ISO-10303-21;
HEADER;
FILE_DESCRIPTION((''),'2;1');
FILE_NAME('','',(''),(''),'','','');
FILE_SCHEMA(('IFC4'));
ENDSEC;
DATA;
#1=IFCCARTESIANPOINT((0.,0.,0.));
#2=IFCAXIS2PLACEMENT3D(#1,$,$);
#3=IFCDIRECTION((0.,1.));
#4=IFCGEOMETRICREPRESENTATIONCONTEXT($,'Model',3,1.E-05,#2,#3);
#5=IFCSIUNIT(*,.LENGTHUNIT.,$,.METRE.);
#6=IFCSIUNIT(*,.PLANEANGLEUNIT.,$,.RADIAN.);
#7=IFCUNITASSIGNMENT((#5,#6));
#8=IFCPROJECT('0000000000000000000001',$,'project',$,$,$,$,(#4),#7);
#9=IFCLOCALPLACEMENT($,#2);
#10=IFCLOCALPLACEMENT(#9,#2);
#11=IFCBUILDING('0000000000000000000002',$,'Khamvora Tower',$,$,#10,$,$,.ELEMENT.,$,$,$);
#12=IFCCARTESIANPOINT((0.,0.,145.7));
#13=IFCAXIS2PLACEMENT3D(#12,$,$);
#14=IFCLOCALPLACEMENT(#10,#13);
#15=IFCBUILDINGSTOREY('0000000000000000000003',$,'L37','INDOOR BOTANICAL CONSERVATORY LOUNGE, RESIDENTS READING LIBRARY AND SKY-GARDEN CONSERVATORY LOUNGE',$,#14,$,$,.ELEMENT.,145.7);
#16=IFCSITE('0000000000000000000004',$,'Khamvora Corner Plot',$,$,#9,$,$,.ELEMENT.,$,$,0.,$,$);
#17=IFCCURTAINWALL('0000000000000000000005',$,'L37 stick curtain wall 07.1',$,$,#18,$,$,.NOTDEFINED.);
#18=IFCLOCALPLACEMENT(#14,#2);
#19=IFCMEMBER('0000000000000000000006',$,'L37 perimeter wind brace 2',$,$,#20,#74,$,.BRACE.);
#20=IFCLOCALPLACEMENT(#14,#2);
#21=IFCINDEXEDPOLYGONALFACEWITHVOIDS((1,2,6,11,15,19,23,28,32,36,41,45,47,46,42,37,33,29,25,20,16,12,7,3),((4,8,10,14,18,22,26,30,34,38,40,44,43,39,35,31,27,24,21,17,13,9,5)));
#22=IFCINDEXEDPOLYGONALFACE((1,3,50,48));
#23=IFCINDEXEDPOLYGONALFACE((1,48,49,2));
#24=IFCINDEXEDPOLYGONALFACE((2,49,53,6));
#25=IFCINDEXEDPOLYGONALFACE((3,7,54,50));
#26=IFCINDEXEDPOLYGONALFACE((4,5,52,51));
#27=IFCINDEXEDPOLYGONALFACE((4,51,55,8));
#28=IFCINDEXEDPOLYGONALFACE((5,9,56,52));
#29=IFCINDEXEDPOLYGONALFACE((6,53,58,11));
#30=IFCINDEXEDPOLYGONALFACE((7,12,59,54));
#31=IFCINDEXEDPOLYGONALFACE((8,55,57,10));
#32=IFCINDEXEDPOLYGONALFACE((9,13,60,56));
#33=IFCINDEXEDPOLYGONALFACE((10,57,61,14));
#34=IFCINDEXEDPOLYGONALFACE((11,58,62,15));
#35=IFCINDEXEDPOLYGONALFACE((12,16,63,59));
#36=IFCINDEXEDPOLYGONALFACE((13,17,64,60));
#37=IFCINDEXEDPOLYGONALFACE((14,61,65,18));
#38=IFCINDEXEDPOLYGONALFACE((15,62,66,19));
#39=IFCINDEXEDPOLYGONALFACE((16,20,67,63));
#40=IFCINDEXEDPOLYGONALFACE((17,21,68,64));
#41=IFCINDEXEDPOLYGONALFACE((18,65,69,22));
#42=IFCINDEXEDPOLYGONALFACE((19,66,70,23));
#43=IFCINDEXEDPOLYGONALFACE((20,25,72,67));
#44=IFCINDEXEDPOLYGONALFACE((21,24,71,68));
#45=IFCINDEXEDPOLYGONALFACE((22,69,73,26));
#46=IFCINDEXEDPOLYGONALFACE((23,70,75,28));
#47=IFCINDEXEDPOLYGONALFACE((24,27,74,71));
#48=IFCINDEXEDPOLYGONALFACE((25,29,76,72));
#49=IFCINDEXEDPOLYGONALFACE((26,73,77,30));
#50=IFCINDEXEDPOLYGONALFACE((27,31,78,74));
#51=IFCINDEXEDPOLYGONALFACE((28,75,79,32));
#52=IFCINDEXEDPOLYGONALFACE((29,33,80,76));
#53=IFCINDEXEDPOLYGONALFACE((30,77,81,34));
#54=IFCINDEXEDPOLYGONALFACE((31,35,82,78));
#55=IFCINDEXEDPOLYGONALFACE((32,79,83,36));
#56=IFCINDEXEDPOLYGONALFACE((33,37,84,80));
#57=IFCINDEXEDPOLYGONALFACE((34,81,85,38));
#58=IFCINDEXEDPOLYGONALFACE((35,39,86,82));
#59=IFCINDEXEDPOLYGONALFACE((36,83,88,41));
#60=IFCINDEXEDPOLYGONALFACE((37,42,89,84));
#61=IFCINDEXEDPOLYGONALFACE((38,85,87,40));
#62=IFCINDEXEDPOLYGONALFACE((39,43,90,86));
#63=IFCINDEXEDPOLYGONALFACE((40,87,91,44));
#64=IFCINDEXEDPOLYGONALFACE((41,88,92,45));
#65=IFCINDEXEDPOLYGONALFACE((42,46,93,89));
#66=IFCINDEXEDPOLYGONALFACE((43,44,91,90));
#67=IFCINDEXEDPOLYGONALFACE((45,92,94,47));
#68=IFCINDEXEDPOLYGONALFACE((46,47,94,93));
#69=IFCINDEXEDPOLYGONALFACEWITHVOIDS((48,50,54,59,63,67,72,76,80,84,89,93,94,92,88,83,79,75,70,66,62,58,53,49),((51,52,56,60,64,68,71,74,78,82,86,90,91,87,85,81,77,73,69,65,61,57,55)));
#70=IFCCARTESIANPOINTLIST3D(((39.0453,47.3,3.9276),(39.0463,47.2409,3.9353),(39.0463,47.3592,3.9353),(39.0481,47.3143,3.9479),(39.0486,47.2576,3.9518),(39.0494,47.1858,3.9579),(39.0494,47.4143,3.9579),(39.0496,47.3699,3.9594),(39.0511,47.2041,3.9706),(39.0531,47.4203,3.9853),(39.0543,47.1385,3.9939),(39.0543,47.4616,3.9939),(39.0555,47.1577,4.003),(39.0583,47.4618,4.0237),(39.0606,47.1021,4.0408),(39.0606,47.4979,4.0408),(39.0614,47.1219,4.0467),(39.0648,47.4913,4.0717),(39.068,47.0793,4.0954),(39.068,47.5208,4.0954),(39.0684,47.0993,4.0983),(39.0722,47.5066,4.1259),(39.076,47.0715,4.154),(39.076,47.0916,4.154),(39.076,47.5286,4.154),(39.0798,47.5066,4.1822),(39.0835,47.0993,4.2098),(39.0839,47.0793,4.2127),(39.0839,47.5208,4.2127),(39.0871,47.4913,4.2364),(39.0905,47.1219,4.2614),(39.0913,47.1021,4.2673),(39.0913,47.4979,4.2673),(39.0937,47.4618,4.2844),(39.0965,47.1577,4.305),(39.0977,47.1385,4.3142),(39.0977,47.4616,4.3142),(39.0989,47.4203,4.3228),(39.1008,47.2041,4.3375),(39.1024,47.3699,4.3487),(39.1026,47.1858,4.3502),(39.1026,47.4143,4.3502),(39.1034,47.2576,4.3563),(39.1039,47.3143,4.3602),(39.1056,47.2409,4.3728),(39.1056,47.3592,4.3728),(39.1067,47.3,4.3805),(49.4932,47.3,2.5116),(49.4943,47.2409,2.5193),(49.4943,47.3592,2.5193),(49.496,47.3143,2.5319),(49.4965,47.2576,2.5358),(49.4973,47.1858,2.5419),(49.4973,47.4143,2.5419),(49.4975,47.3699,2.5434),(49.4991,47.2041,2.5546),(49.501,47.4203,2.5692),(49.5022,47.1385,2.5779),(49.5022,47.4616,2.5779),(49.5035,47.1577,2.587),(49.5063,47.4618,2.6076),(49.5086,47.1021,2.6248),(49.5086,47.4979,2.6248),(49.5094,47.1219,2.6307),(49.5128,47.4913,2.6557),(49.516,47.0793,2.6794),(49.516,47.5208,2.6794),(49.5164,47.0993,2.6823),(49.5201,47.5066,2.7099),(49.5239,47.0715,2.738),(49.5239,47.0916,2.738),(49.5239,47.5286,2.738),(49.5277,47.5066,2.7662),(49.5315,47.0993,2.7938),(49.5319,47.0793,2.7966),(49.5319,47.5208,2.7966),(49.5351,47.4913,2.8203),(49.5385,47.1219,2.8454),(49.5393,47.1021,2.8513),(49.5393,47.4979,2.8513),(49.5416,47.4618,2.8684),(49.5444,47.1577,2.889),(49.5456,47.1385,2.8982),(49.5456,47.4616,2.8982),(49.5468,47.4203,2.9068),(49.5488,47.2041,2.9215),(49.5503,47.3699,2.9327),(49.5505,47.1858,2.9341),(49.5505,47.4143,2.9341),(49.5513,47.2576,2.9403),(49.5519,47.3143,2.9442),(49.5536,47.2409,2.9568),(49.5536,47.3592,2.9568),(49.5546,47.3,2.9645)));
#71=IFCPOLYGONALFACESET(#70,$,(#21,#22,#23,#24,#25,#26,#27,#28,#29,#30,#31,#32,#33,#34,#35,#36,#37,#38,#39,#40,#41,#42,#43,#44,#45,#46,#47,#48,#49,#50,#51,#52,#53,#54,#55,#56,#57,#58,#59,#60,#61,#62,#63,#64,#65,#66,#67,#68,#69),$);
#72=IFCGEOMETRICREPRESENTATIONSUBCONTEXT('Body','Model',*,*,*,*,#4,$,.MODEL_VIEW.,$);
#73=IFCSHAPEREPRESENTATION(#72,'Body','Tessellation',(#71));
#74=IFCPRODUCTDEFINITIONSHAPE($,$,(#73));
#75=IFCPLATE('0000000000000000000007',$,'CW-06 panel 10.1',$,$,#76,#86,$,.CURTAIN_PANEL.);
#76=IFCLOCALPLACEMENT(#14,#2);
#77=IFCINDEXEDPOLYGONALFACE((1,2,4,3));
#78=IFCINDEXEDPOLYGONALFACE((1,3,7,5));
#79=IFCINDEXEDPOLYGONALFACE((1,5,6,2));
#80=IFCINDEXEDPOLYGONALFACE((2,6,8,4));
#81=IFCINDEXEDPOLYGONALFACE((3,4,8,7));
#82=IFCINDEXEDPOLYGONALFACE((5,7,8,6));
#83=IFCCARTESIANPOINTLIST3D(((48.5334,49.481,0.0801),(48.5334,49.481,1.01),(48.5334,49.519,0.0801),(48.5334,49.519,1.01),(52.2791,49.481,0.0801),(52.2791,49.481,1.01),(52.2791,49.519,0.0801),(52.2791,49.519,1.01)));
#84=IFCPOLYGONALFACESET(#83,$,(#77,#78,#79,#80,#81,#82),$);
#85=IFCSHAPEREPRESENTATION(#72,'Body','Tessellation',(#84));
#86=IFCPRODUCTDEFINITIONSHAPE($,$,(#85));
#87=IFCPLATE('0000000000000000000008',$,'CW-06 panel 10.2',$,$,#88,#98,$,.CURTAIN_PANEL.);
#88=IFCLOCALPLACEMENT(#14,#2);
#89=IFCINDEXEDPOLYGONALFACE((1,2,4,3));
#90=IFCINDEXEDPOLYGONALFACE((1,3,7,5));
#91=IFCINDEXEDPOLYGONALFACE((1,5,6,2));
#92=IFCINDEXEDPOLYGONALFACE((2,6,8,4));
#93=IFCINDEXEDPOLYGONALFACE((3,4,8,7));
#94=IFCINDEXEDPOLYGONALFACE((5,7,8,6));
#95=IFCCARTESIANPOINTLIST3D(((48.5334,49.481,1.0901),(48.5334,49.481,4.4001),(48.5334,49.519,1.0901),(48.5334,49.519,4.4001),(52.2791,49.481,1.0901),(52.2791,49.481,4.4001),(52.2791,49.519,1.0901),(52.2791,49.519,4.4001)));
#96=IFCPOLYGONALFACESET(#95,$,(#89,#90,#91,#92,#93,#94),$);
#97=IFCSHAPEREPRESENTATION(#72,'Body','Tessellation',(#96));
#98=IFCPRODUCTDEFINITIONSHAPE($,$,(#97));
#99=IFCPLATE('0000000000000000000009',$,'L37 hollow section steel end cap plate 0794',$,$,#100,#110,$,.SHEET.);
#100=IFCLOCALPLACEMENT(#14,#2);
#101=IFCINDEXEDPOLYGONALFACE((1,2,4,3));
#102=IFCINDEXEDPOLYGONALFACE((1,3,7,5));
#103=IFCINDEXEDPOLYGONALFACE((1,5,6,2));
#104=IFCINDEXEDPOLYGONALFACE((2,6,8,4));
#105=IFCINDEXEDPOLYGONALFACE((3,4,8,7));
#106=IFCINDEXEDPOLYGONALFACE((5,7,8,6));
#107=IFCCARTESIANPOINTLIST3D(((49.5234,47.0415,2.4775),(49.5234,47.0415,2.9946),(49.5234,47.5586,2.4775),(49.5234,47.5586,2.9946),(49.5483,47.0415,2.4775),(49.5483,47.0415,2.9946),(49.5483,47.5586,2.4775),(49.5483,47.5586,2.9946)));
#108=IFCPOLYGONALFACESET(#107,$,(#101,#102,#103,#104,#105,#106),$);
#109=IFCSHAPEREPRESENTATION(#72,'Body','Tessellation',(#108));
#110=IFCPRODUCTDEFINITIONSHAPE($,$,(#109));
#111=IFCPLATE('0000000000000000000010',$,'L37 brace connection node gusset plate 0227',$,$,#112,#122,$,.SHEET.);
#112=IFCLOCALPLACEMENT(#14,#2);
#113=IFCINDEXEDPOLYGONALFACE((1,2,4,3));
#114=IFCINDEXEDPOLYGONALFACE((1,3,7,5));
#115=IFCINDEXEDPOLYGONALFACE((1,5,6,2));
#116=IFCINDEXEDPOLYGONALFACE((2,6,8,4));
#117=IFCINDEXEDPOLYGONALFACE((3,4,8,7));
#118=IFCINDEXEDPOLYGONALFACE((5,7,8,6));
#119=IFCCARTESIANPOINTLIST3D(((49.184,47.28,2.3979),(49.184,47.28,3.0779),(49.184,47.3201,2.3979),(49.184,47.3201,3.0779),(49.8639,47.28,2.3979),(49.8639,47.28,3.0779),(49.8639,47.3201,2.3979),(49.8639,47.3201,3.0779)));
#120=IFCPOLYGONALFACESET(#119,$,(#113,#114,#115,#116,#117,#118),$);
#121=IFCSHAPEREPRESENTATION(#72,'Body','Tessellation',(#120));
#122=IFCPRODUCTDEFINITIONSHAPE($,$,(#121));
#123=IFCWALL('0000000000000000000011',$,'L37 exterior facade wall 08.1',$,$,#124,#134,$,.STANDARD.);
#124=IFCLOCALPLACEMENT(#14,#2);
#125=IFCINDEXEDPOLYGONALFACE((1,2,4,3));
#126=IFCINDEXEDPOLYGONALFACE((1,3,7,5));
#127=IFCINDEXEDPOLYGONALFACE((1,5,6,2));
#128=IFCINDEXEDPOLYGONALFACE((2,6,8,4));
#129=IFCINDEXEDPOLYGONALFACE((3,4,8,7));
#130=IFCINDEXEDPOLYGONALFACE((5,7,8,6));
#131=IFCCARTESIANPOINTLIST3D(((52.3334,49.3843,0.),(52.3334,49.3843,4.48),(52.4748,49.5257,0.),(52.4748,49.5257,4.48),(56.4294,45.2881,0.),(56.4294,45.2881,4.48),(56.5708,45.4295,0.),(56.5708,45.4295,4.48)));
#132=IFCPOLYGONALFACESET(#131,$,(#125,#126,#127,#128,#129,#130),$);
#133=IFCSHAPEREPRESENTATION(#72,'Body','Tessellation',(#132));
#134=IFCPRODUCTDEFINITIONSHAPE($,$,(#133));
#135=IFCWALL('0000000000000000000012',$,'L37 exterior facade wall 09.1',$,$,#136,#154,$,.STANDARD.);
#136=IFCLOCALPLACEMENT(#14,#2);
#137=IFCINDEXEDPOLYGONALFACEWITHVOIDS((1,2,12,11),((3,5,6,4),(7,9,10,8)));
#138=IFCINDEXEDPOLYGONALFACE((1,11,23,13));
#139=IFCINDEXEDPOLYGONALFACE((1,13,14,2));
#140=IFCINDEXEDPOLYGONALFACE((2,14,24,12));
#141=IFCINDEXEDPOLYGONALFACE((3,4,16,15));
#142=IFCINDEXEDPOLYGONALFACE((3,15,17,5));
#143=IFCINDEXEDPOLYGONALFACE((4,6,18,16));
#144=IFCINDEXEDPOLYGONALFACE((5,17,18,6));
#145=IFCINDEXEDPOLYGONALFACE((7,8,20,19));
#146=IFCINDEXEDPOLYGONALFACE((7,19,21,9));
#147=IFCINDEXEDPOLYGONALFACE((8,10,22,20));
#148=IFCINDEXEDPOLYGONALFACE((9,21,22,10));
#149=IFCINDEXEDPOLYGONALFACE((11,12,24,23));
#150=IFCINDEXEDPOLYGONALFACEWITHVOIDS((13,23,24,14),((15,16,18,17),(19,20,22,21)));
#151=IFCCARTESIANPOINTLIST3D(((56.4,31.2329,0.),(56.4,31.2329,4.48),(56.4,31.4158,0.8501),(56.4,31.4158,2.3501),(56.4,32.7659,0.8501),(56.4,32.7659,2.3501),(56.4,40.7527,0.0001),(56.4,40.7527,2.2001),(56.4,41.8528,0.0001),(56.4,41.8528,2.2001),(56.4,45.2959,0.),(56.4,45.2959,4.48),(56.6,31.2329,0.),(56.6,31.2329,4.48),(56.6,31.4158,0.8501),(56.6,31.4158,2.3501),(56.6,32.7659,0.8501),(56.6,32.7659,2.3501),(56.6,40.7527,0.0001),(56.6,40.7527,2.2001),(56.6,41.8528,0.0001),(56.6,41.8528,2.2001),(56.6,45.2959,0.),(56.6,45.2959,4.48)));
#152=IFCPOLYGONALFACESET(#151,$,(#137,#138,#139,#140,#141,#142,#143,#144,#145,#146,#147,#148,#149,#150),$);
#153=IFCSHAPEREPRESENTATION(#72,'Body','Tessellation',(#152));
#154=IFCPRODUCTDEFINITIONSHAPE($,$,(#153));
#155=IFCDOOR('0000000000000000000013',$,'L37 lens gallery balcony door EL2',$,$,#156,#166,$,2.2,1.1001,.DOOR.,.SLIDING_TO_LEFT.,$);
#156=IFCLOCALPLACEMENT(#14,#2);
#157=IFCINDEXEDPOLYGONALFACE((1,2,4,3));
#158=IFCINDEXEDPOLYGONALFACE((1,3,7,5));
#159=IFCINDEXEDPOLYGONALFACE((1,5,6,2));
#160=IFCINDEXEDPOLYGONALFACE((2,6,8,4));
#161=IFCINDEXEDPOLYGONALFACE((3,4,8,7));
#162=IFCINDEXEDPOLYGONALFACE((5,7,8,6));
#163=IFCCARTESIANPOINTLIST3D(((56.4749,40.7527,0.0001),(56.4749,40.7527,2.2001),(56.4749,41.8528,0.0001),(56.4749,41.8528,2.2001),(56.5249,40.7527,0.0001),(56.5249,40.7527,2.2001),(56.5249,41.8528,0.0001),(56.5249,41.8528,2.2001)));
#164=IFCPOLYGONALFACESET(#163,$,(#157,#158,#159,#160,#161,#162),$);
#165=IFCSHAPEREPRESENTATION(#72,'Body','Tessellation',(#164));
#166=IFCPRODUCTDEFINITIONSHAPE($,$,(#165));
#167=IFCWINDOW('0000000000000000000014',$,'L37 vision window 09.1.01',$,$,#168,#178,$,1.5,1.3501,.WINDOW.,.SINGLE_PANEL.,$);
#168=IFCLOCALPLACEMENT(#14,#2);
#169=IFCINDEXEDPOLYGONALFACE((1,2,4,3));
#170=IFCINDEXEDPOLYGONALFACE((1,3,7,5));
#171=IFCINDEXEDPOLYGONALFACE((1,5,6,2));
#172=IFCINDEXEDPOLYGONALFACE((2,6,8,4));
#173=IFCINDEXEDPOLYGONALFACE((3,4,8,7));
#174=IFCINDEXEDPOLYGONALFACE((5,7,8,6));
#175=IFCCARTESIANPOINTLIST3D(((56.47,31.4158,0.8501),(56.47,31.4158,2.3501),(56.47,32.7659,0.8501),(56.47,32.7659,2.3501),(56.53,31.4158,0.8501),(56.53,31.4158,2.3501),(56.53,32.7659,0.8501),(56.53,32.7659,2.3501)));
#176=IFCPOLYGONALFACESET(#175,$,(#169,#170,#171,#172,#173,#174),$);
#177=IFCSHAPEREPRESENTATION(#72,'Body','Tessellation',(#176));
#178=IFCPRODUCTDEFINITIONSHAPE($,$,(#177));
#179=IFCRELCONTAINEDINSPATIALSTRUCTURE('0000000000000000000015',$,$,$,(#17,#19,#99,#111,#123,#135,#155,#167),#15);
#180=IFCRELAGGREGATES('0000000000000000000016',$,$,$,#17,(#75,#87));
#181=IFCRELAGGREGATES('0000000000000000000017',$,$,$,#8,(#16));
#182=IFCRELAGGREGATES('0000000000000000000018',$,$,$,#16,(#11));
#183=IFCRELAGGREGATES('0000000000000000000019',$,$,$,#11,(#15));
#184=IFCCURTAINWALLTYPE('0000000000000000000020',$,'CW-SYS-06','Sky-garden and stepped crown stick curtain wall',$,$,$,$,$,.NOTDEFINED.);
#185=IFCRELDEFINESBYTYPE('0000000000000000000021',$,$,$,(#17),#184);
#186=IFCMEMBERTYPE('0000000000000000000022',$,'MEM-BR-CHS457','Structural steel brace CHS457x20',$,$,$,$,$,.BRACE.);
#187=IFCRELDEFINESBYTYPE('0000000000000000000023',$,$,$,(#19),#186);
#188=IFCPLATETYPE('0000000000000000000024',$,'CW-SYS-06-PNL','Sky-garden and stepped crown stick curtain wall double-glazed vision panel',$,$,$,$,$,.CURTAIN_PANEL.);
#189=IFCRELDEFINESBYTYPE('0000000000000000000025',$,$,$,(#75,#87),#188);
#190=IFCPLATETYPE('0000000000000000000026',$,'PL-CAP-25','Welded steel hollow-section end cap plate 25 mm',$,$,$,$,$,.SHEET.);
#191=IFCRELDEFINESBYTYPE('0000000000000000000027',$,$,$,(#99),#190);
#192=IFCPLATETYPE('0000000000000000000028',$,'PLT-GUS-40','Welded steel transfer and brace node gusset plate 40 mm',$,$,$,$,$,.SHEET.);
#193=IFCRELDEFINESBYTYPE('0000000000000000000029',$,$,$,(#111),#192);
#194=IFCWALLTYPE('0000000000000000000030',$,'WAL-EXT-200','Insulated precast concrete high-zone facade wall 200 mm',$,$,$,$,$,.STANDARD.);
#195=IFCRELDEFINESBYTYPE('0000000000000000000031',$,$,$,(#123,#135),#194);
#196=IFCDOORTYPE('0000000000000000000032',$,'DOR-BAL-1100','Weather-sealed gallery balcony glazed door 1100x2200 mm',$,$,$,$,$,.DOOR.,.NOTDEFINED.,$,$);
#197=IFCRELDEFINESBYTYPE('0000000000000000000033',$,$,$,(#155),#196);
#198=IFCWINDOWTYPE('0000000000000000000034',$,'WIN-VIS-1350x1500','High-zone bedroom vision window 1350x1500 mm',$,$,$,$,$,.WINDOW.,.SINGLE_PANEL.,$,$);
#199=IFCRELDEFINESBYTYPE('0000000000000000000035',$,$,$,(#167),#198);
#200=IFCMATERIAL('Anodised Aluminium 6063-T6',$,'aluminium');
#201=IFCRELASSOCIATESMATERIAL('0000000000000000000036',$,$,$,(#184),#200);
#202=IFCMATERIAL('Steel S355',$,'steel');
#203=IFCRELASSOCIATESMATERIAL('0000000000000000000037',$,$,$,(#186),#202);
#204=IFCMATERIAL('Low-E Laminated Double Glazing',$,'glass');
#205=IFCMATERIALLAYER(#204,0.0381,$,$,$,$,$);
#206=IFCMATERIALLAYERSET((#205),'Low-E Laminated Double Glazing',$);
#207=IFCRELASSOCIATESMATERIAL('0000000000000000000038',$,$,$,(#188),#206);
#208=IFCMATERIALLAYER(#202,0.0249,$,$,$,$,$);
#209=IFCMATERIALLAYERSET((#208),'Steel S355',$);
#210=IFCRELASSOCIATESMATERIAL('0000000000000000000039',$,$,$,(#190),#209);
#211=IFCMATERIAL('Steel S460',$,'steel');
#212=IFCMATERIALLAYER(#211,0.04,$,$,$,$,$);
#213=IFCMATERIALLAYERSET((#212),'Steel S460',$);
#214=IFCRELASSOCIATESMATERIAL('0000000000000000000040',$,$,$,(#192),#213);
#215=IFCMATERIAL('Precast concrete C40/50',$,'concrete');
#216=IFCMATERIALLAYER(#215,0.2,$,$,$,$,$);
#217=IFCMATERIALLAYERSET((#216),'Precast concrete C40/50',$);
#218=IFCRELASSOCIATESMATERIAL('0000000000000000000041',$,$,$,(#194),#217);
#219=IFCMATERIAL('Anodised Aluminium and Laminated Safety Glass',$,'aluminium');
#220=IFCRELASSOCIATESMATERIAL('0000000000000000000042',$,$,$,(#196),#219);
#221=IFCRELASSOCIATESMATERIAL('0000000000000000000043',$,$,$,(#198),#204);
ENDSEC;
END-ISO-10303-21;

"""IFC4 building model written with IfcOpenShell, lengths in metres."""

from ifc_helpers import new_model, si_unit, direction, frame, frame_2d, origin, origin_2d, place, context, subcontext, project, spatial, rectangle, hollow_circle, extrude, material, layer, layer_set, material_profile, profile_set, type_object, element, fill, aggregate, save


model = new_model("IFC4")

# Units and contexts
model_context = context("Model", 3, precision=1e-05, world=origin(), true_north=direction((0.0, 1.0)))
body_context = subcontext(model_context, "Body", "Model", "MODEL_VIEW")
ifc_project = project(units=[si_unit("LENGTHUNIT", "METRE"), si_unit("PLANEANGLEUNIT", "RADIAN")], contexts=[model_context])

# Site, building, storey
site_placement = place(None, origin())
site = spatial("IfcSite", under=ifc_project, at=site_placement, Name="Khamvora Corner Plot", CompositionType="ELEMENT", RefElevation=0.0)
building_placement = place(site_placement, origin())
building = spatial("IfcBuilding", under=site, at=building_placement, Name="Khamvora Tower", CompositionType="ELEMENT")
storey_placement = place(building_placement, frame((0.0, 0.0, 145.7)))
storey = spatial("IfcBuildingStorey", under=building, at=storey_placement, Name="L37", Description="INDOOR BOTANICAL CONSERVATORY LOUNGE, RESIDENTS READING LIBRARY AND SKY-GARDEN CONSERVATORY LOUNGE", CompositionType="ELEMENT", Elevation=145.7)

# Shared definitions
ifc_material_1 = material(Name="Steel S355", Category="steel")

# Curtain wall
ifc_material_2 = material(Name="Anodised Aluminium 6063-T6", Category="aluminium")
curtain_wall_type = type_object("IfcCurtainWallType", Name="CW-SYS-06", Description="Sky-garden and stepped crown stick curtain wall", PredefinedType="NOTDEFINED", material=ifc_material_2)
curtain_wall_placement = place(storey_placement, origin())
curtain_wall = element("IfcCurtainWall", 1, at=curtain_wall_placement, inside=storey, type_object=curtain_wall_type, Name="L37 stick curtain wall 07.1", PredefinedType="NOTDEFINED")

# Member
ifc_material_profile_1 = material_profile(ifc_material_1, hollow_circle(Radius=0.2285, WallThickness=0.02, at=origin_2d()), Name="CHS457x20")
ifc_profile_set_1 = profile_set([ifc_material_profile_1], Name="Steel S355")
member_type_1 = type_object("IfcMemberType", Name="MEM-BR-CHS457", Description="Structural steel brace CHS457x20", PredefinedType="BRACE", material=ifc_profile_set_1)
member_1_placement = place(storey_placement, frame((49.5239, 47.3, 2.738), z_axis=(-0.99094, 0.0, 0.134302), x_axis=(0.0, -1.0, 0.0)))
element("IfcMember", 2, at=member_1_placement, inside=storey, type_object=member_type_1, Name="L37 perimeter wind brace 2", PredefinedType="BRACE", context=body_context, shape_type="SweptSolid", body=[
    extrude(hollow_circle(Radius=0.2285, WallThickness=0.02, at=origin_2d()), origin(), (0.0, 0.0, 1.0), 10.5435),
])

# Plates
ifc_material_3 = material(Name="Low-E Laminated Double Glazing", Category="glass")
ifc_layer_1 = layer(ifc_material_3, 0.0381)
ifc_layer_set_1 = layer_set([ifc_layer_1], Name="Low-E Laminated Double Glazing")
plate_type_1 = type_object("IfcPlateType", Name="CW-SYS-06-PNL", Description="Sky-garden and stepped crown stick curtain wall double-glazed vision panel", PredefinedType="CURTAIN_PANEL", material=ifc_layer_set_1)
plate_1_placement = place(storey_placement, frame((50.4062, 49.5, 0.0801), z_axis=(0.0, 0.0, 1.0), x_axis=(1.0, 0.0, 0.0)))
plate_1 = element("IfcPlate", 3, at=plate_1_placement, type_object=plate_type_1, Name="CW-06 panel 10.1", PredefinedType="CURTAIN_PANEL", context=body_context, shape_type="SweptSolid", body=[
    extrude(rectangle(XDim=3.7456, YDim=0.0381, at=origin_2d()), origin(), (0.0, 0.0, 1.0), 0.9299),
])
plate_2_placement = place(storey_placement, frame((50.4062, 49.5, 1.0901), z_axis=(0.0, 0.0, 1.0), x_axis=(1.0, 0.0, 0.0)))
plate_2 = element("IfcPlate", 4, at=plate_2_placement, type_object=plate_type_1, Name="CW-06 panel 10.2", PredefinedType="CURTAIN_PANEL", context=body_context, shape_type="SweptSolid", body=[
    extrude(rectangle(XDim=3.7456, YDim=0.0381, at=origin_2d()), origin(), (0.0, 0.0, 1.0), 3.3101),
])
aggregate(curtain_wall, [plate_1, plate_2])

# Plates
ifc_layer_2 = layer(ifc_material_1, 0.0249)
ifc_layer_set_2 = layer_set([ifc_layer_2], Name="Steel S355")
plate_type_2 = type_object("IfcPlateType", Name="PL-CAP-25", Description="Welded steel hollow-section end cap plate 25 mm", PredefinedType="SHEET", material=ifc_layer_set_2)
plate_3_placement = place(storey_placement, frame((49.5359, 47.3, 2.4775), z_axis=(0.0, 0.0, 1.0), x_axis=(-1.0, 0.0, 0.0)))
element("IfcPlate", 5, at=plate_3_placement, inside=storey, type_object=plate_type_2, Name="L37 hollow section steel end cap plate 0794", PredefinedType="SHEET", context=body_context, shape_type="SweptSolid", body=[
    extrude(rectangle(XDim=0.0249, YDim=0.5171, at=origin_2d()), origin(), (0.0, 0.0, 1.0), 0.5171),
])
ifc_material_4 = material(Name="Steel S460", Category="steel")
ifc_layer_3 = layer(ifc_material_4, 0.04)
ifc_layer_set_3 = layer_set([ifc_layer_3], Name="Steel S460")
plate_type_3 = type_object("IfcPlateType", Name="PLT-GUS-40", Description="Welded steel transfer and brace node gusset plate 40 mm", PredefinedType="SHEET", material=ifc_layer_set_3)
plate_4_placement = place(storey_placement, frame((49.5239, 47.3, 2.3979), z_axis=(0.0, 0.0, 1.0), x_axis=(1.0, 0.0, 0.0)))
element("IfcPlate", 6, at=plate_4_placement, inside=storey, type_object=plate_type_3, Name="L37 brace connection node gusset plate 0227", PredefinedType="SHEET", context=body_context, shape_type="SweptSolid", body=[
    extrude(rectangle(XDim=0.6799, YDim=0.04, at=origin_2d()), origin(), (0.0, 0.0, 1.0), 0.6799),
])

# Wall
ifc_material_5 = material(Name="Precast concrete C40/50", Category="concrete")
ifc_layer_4 = layer(ifc_material_5, 0.2)
ifc_layer_set_4 = layer_set([ifc_layer_4], Name="Precast concrete C40/50")
wall_type = type_object("IfcWallType", Name="WAL-EXT-200", Description="Insulated precast concrete high-zone facade wall 200 mm", PredefinedType="STANDARD", material=ifc_layer_set_4)
wall_1_placement = place(storey_placement, frame((52.4041, 49.4551, 0.0), z_axis=(0.0, 0.0, 1.0), x_axis=(0.707086, -0.707128, 0.0)))
element("IfcWall", 7, at=wall_1_placement, inside=storey, type_object=wall_type, Name="L37 exterior facade wall 08.1", PredefinedType="STANDARD", context=body_context, shape_type="SweptSolid", body=[
    extrude(rectangle(XDim=5.7927, YDim=0.2, at=frame_2d((2.8965, 0.0))), origin(), (0.0, 0.0, 1.0), 4.48),
])

# Wall, openings, door, window
wall_2_placement = place(storey_placement, frame((56.5, 45.2959, 0.0), z_axis=(0.0, 0.0, 1.0), x_axis=(0.0, -1.0, 0.0)))
wall_2 = element("IfcWall", 8, at=wall_2_placement, inside=storey, type_object=wall_type, Name="L37 exterior facade wall 09.1", PredefinedType="STANDARD", context=body_context, shape_type="SweptSolid", body=[
    extrude(rectangle(XDim=14.063, YDim=0.2, at=frame_2d((7.0315, 0.0))), origin(), (0.0, 0.0, 1.0), 4.48),
])
opening_1_placement = place(wall_2_placement, frame((3.4431, 0.0, 0.0)))
opening_1 = element("IfcOpeningElement", 9, at=opening_1_placement, cuts=wall_2, PredefinedType="OPENING", context=body_context, shape_type="SweptSolid", body=[
    extrude(rectangle(XDim=1.1001, YDim=2.2, at=frame_2d((0.55, 1.1001))), frame((0.0, 0.1099, 0.0), z_axis=(0.0, -1.0, 0.0), x_axis=(1.0, 0.0, 0.0)), (0.0, 0.0, 1.0), 0.22),
])
opening_2_placement = place(wall_2_placement, frame((12.53, 0.0, 0.8501)))
opening_2 = element("IfcOpeningElement", 10, at=opening_2_placement, cuts=wall_2, PredefinedType="OPENING", context=body_context, shape_type="SweptSolid", body=[
    extrude(rectangle(XDim=1.3501, YDim=1.5, at=frame_2d((0.675, 0.75))), frame((0.0, 0.1099, 0.0), z_axis=(0.0, -1.0, 0.0), x_axis=(1.0, 0.0, 0.0)), (0.0, 0.0, 1.0), 0.22),
])
ifc_material_6 = material(Name="Anodised Aluminium and Laminated Safety Glass", Category="aluminium")
door_type = type_object("IfcDoorType", Name="DOR-BAL-1100", Description="Weather-sealed gallery balcony glazed door 1100x2200 mm", OperationType="NOTDEFINED", PredefinedType="DOOR", material=ifc_material_6)
door_placement = place(opening_1_placement, origin())
door = element("IfcDoor", 11, at=door_placement, inside=storey, type_object=door_type, Name="L37 lens gallery balcony door EL2", OperationType="SLIDING_TO_LEFT", OverallHeight=2.2, OverallWidth=1.1001, PredefinedType="DOOR", context=body_context, shape_type="SweptSolid", body=[
    extrude(rectangle(XDim=1.1001, YDim=2.2, at=frame_2d((0.55, 1.1001))), frame((0.0, 0.0249, 0.0), z_axis=(0.0, -1.0, 0.0), x_axis=(1.0, 0.0, 0.0)), (0.0, 0.0, 1.0), 0.05),
])
fill(opening_1, door)
window_type = type_object("IfcWindowType", Name="WIN-VIS-1350x1500", Description="High-zone bedroom vision window 1350x1500 mm", PartitioningType="SINGLE_PANEL", PredefinedType="WINDOW", material=ifc_material_3)
window_placement = place(opening_2_placement, origin())
window = element("IfcWindow", 12, at=window_placement, inside=storey, type_object=window_type, Name="L37 vision window 09.1.01", OverallHeight=1.5, OverallWidth=1.3501, PartitioningType="SINGLE_PANEL", PredefinedType="WINDOW", context=body_context, shape_type="SweptSolid", body=[
    extrude(rectangle(XDim=1.3501, YDim=1.5, at=frame_2d((0.675, 0.75))), frame((0.0, 0.03, 0.0), z_axis=(0.0, -1.0, 0.0), x_axis=(1.0, 0.0, 0.0)), (0.0, 0.0, 1.0), 0.0601),
])
fill(opening_2, window)

save(model, "model.ifc")
